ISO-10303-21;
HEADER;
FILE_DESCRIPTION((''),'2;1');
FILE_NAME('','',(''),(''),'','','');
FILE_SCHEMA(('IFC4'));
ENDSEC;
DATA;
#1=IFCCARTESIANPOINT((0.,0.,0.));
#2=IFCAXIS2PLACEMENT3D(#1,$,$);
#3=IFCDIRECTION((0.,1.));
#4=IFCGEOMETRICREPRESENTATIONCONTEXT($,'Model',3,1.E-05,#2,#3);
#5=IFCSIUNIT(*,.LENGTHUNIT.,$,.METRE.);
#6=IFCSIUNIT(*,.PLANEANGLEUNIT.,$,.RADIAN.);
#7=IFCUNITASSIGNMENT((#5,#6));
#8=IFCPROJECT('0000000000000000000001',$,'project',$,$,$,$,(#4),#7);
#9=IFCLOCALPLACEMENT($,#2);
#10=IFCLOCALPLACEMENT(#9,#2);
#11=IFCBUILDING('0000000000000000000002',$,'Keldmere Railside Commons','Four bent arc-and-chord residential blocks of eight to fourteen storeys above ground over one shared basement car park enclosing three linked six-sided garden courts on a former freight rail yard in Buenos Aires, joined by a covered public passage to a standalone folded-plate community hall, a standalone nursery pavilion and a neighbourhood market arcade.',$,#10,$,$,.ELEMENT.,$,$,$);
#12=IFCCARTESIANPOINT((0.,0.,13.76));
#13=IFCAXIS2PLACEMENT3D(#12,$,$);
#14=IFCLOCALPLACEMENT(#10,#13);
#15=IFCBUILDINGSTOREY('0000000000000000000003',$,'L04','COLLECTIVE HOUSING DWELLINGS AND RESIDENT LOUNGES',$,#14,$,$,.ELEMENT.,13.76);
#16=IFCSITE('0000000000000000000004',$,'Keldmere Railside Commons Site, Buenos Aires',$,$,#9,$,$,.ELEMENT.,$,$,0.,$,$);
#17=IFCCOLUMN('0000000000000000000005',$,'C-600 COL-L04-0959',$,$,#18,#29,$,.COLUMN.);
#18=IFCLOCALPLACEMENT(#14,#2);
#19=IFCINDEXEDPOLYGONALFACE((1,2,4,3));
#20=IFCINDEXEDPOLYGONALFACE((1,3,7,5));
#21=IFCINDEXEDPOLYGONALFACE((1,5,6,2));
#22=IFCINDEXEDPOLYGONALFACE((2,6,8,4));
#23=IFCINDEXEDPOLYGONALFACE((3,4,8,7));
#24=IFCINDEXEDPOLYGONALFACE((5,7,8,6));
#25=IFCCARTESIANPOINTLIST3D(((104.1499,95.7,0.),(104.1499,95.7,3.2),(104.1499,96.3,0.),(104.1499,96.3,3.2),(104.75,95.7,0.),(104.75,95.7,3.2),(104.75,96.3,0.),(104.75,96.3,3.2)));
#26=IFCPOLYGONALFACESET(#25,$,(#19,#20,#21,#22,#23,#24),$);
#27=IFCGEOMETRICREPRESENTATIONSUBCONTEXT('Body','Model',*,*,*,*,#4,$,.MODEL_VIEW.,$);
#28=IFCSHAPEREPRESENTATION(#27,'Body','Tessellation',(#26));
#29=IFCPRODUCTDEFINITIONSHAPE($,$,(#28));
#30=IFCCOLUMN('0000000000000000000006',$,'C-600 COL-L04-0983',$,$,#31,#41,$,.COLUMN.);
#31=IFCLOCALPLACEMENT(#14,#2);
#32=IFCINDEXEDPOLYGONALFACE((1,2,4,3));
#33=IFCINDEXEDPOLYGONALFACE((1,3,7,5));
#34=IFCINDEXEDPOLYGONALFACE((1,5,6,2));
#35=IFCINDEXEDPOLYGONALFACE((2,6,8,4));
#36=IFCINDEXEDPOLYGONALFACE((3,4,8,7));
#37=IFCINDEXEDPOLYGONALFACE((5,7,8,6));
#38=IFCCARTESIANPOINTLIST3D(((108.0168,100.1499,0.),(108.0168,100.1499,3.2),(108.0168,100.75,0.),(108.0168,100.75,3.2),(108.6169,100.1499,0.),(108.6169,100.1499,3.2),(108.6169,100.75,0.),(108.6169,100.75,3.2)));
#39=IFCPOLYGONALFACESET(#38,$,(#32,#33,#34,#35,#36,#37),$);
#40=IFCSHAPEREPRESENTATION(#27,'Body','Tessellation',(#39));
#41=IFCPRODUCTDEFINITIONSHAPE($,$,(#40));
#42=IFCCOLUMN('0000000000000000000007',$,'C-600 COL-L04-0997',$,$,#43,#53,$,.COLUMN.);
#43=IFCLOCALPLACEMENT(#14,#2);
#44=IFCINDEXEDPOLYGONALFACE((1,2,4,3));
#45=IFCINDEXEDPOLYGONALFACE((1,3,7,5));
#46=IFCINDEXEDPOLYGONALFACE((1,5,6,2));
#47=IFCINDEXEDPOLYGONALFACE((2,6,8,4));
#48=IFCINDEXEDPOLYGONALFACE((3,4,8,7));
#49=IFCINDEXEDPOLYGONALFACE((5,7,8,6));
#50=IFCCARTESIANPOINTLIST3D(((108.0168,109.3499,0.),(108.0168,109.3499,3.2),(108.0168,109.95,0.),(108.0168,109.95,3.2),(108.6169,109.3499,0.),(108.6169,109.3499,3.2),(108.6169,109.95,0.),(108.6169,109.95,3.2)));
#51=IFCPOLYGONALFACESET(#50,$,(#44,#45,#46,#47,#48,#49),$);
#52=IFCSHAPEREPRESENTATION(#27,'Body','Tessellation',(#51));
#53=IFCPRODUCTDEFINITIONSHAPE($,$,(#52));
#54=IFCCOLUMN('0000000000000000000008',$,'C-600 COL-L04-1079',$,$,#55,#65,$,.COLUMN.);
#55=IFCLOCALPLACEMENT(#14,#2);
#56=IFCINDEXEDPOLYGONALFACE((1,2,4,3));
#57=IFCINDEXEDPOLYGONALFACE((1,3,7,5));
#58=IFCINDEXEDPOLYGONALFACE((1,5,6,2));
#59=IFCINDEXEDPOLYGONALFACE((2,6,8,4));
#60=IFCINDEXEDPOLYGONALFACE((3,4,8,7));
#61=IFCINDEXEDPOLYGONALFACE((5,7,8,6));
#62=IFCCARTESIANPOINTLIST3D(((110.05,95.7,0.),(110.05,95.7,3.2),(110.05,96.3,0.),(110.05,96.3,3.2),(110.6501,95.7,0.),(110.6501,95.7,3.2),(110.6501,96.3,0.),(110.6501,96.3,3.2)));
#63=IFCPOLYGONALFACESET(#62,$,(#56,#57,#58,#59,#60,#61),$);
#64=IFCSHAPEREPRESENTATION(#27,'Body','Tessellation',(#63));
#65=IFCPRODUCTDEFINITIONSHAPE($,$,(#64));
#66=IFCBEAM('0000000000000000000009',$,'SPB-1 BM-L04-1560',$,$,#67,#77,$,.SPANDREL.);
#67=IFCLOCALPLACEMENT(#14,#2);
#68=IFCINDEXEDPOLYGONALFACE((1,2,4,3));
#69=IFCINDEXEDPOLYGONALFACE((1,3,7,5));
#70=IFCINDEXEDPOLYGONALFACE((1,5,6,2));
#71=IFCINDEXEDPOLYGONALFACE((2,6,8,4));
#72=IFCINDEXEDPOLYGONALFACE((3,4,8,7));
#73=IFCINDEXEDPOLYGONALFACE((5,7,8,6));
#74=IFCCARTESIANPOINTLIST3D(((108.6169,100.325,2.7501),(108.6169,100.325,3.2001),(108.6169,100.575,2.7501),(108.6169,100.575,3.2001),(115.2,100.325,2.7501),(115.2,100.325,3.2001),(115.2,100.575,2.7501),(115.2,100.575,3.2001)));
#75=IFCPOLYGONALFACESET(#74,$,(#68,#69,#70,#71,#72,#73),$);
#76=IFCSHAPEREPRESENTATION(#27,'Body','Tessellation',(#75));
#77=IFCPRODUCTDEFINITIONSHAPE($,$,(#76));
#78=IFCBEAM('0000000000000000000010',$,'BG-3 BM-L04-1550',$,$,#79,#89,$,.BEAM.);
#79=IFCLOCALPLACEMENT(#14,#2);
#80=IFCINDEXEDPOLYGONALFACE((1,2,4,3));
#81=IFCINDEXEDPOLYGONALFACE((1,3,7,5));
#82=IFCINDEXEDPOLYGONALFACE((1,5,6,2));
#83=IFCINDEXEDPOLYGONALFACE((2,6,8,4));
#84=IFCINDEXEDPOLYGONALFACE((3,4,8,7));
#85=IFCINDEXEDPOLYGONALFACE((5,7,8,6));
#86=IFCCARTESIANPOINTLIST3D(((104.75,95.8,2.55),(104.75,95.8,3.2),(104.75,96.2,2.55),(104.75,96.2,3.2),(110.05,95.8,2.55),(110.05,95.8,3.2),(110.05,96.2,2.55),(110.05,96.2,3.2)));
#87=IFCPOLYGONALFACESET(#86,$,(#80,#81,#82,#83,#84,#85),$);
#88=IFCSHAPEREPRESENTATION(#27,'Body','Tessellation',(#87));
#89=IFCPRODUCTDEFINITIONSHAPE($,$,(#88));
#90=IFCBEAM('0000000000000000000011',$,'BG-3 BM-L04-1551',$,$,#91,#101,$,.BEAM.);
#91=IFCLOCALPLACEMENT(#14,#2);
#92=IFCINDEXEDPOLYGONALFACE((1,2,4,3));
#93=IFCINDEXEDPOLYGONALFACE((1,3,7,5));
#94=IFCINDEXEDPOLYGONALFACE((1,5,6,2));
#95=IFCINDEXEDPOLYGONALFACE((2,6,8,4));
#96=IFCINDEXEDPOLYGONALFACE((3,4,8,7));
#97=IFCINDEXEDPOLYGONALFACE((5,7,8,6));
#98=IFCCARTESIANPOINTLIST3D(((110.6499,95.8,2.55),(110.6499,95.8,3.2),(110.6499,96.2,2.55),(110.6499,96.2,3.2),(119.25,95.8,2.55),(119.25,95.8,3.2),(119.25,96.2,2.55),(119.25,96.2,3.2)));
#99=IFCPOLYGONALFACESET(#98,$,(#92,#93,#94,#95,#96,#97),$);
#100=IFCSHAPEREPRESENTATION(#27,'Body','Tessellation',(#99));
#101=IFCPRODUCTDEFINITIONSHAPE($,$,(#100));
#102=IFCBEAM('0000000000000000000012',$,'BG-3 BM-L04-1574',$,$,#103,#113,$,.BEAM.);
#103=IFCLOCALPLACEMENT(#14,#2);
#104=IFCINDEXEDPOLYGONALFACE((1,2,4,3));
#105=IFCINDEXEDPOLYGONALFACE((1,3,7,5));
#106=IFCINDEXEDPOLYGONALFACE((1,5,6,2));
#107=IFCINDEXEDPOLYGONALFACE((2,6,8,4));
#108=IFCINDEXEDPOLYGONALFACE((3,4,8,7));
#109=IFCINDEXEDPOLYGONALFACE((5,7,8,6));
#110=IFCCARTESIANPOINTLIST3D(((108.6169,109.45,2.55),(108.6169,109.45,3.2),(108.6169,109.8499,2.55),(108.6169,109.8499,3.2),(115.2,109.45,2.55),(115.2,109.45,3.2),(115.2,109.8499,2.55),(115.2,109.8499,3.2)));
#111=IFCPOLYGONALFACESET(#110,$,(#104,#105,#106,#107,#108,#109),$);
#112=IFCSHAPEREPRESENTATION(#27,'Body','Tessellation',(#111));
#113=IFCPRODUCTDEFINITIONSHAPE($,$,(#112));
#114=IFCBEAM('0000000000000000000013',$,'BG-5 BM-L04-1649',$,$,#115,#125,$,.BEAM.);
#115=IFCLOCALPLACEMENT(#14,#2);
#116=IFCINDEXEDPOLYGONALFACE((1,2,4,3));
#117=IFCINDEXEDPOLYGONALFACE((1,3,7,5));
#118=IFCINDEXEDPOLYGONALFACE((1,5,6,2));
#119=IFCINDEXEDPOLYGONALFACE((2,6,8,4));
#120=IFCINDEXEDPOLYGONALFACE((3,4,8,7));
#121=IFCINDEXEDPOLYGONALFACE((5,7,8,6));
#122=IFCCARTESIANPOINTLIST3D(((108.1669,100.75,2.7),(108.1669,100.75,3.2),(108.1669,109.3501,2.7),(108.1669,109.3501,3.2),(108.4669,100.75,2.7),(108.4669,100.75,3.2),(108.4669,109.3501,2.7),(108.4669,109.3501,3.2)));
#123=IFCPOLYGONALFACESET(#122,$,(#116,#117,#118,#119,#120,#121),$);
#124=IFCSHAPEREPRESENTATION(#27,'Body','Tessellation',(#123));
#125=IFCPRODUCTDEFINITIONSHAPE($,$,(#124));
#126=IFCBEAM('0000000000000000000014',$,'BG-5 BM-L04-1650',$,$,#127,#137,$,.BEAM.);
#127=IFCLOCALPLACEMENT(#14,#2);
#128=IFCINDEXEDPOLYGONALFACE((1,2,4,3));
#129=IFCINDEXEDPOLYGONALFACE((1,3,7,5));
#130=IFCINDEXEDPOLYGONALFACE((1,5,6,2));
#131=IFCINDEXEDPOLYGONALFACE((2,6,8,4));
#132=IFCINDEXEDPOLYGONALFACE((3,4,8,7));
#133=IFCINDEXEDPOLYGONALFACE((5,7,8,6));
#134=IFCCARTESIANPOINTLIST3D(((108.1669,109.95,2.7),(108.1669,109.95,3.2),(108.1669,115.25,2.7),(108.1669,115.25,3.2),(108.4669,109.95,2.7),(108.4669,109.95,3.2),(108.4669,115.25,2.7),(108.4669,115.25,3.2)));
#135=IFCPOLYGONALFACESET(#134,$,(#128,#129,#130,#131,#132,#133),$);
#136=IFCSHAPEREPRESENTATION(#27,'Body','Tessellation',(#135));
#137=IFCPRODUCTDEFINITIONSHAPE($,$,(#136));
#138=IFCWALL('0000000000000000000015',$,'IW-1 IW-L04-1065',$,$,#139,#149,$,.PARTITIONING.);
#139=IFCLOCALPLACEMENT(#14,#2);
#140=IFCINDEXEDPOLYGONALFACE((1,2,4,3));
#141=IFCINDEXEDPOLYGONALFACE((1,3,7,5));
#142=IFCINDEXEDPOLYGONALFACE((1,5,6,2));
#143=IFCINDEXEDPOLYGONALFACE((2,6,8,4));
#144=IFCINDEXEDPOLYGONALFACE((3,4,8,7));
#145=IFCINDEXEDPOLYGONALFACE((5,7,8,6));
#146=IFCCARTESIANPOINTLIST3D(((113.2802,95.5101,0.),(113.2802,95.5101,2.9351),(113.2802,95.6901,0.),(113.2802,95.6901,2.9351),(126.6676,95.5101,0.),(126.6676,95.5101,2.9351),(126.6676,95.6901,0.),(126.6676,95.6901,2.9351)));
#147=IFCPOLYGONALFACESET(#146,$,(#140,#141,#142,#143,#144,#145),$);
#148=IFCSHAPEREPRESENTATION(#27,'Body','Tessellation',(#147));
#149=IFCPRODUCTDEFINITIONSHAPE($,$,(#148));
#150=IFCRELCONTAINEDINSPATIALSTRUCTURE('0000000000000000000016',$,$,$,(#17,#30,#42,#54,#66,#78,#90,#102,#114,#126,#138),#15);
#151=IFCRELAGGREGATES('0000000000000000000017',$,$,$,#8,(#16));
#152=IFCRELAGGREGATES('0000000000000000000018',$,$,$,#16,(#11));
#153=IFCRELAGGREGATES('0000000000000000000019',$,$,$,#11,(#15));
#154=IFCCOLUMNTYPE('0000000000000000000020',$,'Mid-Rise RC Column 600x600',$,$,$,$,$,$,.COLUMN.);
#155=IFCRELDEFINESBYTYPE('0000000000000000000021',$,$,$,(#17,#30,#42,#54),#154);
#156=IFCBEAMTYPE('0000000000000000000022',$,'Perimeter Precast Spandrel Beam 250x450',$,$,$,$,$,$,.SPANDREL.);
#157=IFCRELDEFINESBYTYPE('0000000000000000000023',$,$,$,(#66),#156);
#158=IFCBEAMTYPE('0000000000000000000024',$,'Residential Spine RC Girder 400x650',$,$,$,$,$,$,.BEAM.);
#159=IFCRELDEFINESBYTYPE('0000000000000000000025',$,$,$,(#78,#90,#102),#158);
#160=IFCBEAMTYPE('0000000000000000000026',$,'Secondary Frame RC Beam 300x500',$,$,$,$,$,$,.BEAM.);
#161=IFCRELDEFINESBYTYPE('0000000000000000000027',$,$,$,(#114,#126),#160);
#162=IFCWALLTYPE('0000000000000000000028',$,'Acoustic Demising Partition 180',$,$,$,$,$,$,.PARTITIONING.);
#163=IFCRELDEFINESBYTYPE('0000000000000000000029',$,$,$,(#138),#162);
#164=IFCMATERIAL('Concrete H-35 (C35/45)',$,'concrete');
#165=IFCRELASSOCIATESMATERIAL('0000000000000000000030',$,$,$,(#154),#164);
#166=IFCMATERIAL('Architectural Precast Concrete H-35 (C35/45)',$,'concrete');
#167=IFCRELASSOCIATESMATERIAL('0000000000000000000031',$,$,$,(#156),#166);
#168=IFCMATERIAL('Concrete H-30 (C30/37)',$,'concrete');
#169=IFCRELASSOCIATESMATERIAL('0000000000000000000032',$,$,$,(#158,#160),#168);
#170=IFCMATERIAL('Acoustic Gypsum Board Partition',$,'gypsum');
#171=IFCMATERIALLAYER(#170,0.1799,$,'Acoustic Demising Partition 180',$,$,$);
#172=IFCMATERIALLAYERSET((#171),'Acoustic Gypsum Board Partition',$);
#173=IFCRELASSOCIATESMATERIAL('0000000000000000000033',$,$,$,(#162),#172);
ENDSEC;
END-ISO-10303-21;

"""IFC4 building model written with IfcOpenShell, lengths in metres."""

from ifc_helpers import new_model, si_unit, direction, frame, frame_2d, origin, origin_2d, place, context, subcontext, project, spatial, rectangle, extrude, material, layer, layer_set, material_profile, profile_set, type_object, element, save


model = new_model("IFC4")

# Units and contexts
model_context = context("Model", 3, precision=1e-05, world=origin(), true_north=direction((0.0, 1.0)))
body_context = subcontext(model_context, "Body", "Model", "MODEL_VIEW")
ifc_project = project(units=[si_unit("LENGTHUNIT", "METRE"), si_unit("PLANEANGLEUNIT", "RADIAN")], contexts=[model_context])

# Site, building, storey
site_placement = place(None, origin())
site = spatial("IfcSite", under=ifc_project, at=site_placement, Name="Keldmere Railside Commons Site, Buenos Aires", CompositionType="ELEMENT", RefElevation=0.0)
building_placement = place(site_placement, origin())
building = spatial("IfcBuilding", under=site, at=building_placement, Name="Keldmere Railside Commons", Description="Four bent arc-and-chord residential blocks of eight to fourteen storeys above ground over one shared basement car park enclosing three linked six-sided garden courts on a former freight rail yard in Buenos Aires, joined by a covered public passage to a standalone folded-plate community hall, a standalone nursery pavilion and a neighbourhood market arcade.", CompositionType="ELEMENT")
storey_placement = place(building_placement, frame((0.0, 0.0, 13.76)))
storey = spatial("IfcBuildingStorey", under=building, at=storey_placement, Name="L04", Description="COLLECTIVE HOUSING DWELLINGS AND RESIDENT LOUNGES", CompositionType="ELEMENT", Elevation=13.76)

# Columns
ifc_material_1 = material(Name="Concrete H-35 (C35/45)", Category="concrete")
ifc_material_profile_1 = material_profile(ifc_material_1, rectangle(XDim=0.6001, YDim=0.6001, at=origin_2d()), Name="RC-600x600")
ifc_profile_set_1 = profile_set([ifc_material_profile_1], Name="Concrete H-35 (C35/45)")
column_type = type_object("IfcColumnType", Name="Mid-Rise RC Column 600x600", PredefinedType="COLUMN", material=ifc_profile_set_1)
for number, where, z_axis, x_axis, name in (
    (1, (104.45, 96.0, 0.0), (0.0, 0.0, 1.0), (1.0, 0.0, 0.0), "C-600 COL-L04-0959"),
    (2, (108.3169, 100.45, 0.0), (0.0, 0.0, 1.0), (1.0, 0.0, 0.0), "C-600 COL-L04-0983"),
    (3, (108.3169, 109.6499, 0.0), (0.0, 0.0, 1.0), (1.0, 0.0, 0.0), "C-600 COL-L04-0997"),
    (4, (110.3501, 96.0, 0.0), (0.0, 0.0, 1.0), (1.0, 0.0, 0.0), "C-600 COL-L04-1079"),
):
    element("IfcColumn", number, at=place(storey_placement, frame(where, z_axis=z_axis, x_axis=x_axis)), inside=storey, type_object=column_type, Name=name, PredefinedType="COLUMN", context=body_context, shape_type="SweptSolid", body=[
        extrude(rectangle(XDim=0.6001, YDim=0.6001, at=origin_2d()), origin(), (0.0, 0.0, 1.0), 3.2),
    ])

# Beams
ifc_material_2 = material(Name="Architectural Precast Concrete H-35 (C35/45)", Category="concrete")
ifc_material_profile_2 = material_profile(ifc_material_2, rectangle(XDim=0.25, YDim=0.45, at=origin_2d()), Name="RC-250x450")
ifc_profile_set_2 = profile_set([ifc_material_profile_2], Name="Architectural Precast Concrete H-35 (C35/45)")
beam_type_1 = type_object("IfcBeamType", Name="Perimeter Precast Spandrel Beam 250x450", PredefinedType="SPANDREL", material=ifc_profile_set_2)
beam_1_placement = place(storey_placement, frame((108.6169, 100.45, 2.9751), z_axis=(1.0, 0.0, 0.0), x_axis=(0.0, 1.0, 0.0)))
element("IfcBeam", 5, at=beam_1_placement, inside=storey, type_object=beam_type_1, Name="SPB-1 BM-L04-1560", PredefinedType="SPANDREL", context=body_context, shape_type="SweptSolid", body=[
    extrude(rectangle(XDim=0.25, YDim=0.45, at=origin_2d()), origin(), (0.0, 0.0, 1.0), 6.583),
])
ifc_material_3 = material(Name="Concrete H-30 (C30/37)", Category="concrete")
ifc_material_profile_3 = material_profile(ifc_material_3, rectangle(XDim=0.3999, YDim=0.6499, at=origin_2d()), Name="RC-400x650")
ifc_profile_set_3 = profile_set([ifc_material_profile_3], Name="Concrete H-30 (C30/37)")
beam_type_2 = type_object("IfcBeamType", Name="Residential Spine RC Girder 400x650", PredefinedType="BEAM", material=ifc_profile_set_3)
beam_2_placement = place(storey_placement, frame((104.75, 96.0, 2.875), z_axis=(1.0, 0.0, 0.0), x_axis=(0.0, 1.0, 0.0)))
element("IfcBeam", 6, at=beam_2_placement, inside=storey, type_object=beam_type_2, Name="BG-3 BM-L04-1550", PredefinedType="BEAM", context=body_context, shape_type="SweptSolid", body=[
    extrude(rectangle(XDim=0.3999, YDim=0.6499, at=origin_2d()), origin(), (0.0, 0.0, 1.0), 5.3),
])
beam_3_placement = place(storey_placement, frame((110.6499, 96.0, 2.875), z_axis=(1.0, 0.0, 0.0), x_axis=(0.0, 1.0, 0.0)))
element("IfcBeam", 7, at=beam_3_placement, inside=storey, type_object=beam_type_2, Name="BG-3 BM-L04-1551", PredefinedType="BEAM", context=body_context, shape_type="SweptSolid", body=[
    extrude(rectangle(XDim=0.3999, YDim=0.6499, at=origin_2d()), origin(), (0.0, 0.0, 1.0), 8.6001),
])
beam_4_placement = place(storey_placement, frame((108.6169, 109.6499, 2.875), z_axis=(1.0, 0.0, 0.0), x_axis=(0.0, 1.0, 0.0)))
element("IfcBeam", 8, at=beam_4_placement, inside=storey, type_object=beam_type_2, Name="BG-3 BM-L04-1574", PredefinedType="BEAM", context=body_context, shape_type="SweptSolid", body=[
    extrude(rectangle(XDim=0.3999, YDim=0.6499, at=origin_2d()), origin(), (0.0, 0.0, 1.0), 6.583),
])
ifc_material_profile_4 = material_profile(ifc_material_3, rectangle(XDim=0.3, YDim=0.5, at=origin_2d()), Name="RC-300x500")
ifc_profile_set_4 = profile_set([ifc_material_profile_4], Name="Concrete H-30 (C30/37)")
beam_type_3 = type_object("IfcBeamType", Name="Secondary Frame RC Beam 300x500", PredefinedType="BEAM", material=ifc_profile_set_4)
beam_5_placement = place(storey_placement, frame((108.3169, 100.75, 2.95), z_axis=(0.0, 1.0, 0.0), x_axis=(-1.0, 0.0, 0.0)))
element("IfcBeam", 9, at=beam_5_placement, inside=storey, type_object=beam_type_3, Name="BG-5 BM-L04-1649", PredefinedType="BEAM", context=body_context, shape_type="SweptSolid", body=[
    extrude(rectangle(XDim=0.3, YDim=0.5, at=origin_2d()), origin(), (0.0, 0.0, 1.0), 8.6001),
])
beam_6_placement = place(storey_placement, frame((108.3169, 109.95, 2.95), z_axis=(0.0, 1.0, 0.0), x_axis=(-1.0, 0.0, 0.0)))
element("IfcBeam", 10, at=beam_6_placement, inside=storey, type_object=beam_type_3, Name="BG-5 BM-L04-1650", PredefinedType="BEAM", context=body_context, shape_type="SweptSolid", body=[
    extrude(rectangle(XDim=0.3, YDim=0.5, at=origin_2d()), origin(), (0.0, 0.0, 1.0), 5.3),
])

# Wall
ifc_material_4 = material(Name="Acoustic Gypsum Board Partition", Category="gypsum")
ifc_layer_1 = layer(ifc_material_4, 0.1799, Name="Acoustic Demising Partition 180")
ifc_layer_set_1 = layer_set([ifc_layer_1], Name="Acoustic Gypsum Board Partition")
wall_type_1 = type_object("IfcWallType", Name="Acoustic Demising Partition 180", PredefinedType="PARTITIONING", material=ifc_layer_set_1)
wall_1_placement = place(storey_placement, frame((113.28, 95.6001, 0.0), z_axis=(0.0, 0.0, 1.0), x_axis=(1.0, 0.0, 0.0)))
element("IfcWall", 11, at=wall_1_placement, inside=storey, type_object=wall_type_1, Name="IW-1 IW-L04-1065", PredefinedType="PARTITIONING", context=body_context, shape_type="SweptSolid", body=[
    extrude(rectangle(XDim=13.3875, YDim=0.1799, at=frame_2d((6.6938, 0.0))), origin(), (0.0, 0.0, 1.0), 2.9351),
])

save(model, "model.ifc")
